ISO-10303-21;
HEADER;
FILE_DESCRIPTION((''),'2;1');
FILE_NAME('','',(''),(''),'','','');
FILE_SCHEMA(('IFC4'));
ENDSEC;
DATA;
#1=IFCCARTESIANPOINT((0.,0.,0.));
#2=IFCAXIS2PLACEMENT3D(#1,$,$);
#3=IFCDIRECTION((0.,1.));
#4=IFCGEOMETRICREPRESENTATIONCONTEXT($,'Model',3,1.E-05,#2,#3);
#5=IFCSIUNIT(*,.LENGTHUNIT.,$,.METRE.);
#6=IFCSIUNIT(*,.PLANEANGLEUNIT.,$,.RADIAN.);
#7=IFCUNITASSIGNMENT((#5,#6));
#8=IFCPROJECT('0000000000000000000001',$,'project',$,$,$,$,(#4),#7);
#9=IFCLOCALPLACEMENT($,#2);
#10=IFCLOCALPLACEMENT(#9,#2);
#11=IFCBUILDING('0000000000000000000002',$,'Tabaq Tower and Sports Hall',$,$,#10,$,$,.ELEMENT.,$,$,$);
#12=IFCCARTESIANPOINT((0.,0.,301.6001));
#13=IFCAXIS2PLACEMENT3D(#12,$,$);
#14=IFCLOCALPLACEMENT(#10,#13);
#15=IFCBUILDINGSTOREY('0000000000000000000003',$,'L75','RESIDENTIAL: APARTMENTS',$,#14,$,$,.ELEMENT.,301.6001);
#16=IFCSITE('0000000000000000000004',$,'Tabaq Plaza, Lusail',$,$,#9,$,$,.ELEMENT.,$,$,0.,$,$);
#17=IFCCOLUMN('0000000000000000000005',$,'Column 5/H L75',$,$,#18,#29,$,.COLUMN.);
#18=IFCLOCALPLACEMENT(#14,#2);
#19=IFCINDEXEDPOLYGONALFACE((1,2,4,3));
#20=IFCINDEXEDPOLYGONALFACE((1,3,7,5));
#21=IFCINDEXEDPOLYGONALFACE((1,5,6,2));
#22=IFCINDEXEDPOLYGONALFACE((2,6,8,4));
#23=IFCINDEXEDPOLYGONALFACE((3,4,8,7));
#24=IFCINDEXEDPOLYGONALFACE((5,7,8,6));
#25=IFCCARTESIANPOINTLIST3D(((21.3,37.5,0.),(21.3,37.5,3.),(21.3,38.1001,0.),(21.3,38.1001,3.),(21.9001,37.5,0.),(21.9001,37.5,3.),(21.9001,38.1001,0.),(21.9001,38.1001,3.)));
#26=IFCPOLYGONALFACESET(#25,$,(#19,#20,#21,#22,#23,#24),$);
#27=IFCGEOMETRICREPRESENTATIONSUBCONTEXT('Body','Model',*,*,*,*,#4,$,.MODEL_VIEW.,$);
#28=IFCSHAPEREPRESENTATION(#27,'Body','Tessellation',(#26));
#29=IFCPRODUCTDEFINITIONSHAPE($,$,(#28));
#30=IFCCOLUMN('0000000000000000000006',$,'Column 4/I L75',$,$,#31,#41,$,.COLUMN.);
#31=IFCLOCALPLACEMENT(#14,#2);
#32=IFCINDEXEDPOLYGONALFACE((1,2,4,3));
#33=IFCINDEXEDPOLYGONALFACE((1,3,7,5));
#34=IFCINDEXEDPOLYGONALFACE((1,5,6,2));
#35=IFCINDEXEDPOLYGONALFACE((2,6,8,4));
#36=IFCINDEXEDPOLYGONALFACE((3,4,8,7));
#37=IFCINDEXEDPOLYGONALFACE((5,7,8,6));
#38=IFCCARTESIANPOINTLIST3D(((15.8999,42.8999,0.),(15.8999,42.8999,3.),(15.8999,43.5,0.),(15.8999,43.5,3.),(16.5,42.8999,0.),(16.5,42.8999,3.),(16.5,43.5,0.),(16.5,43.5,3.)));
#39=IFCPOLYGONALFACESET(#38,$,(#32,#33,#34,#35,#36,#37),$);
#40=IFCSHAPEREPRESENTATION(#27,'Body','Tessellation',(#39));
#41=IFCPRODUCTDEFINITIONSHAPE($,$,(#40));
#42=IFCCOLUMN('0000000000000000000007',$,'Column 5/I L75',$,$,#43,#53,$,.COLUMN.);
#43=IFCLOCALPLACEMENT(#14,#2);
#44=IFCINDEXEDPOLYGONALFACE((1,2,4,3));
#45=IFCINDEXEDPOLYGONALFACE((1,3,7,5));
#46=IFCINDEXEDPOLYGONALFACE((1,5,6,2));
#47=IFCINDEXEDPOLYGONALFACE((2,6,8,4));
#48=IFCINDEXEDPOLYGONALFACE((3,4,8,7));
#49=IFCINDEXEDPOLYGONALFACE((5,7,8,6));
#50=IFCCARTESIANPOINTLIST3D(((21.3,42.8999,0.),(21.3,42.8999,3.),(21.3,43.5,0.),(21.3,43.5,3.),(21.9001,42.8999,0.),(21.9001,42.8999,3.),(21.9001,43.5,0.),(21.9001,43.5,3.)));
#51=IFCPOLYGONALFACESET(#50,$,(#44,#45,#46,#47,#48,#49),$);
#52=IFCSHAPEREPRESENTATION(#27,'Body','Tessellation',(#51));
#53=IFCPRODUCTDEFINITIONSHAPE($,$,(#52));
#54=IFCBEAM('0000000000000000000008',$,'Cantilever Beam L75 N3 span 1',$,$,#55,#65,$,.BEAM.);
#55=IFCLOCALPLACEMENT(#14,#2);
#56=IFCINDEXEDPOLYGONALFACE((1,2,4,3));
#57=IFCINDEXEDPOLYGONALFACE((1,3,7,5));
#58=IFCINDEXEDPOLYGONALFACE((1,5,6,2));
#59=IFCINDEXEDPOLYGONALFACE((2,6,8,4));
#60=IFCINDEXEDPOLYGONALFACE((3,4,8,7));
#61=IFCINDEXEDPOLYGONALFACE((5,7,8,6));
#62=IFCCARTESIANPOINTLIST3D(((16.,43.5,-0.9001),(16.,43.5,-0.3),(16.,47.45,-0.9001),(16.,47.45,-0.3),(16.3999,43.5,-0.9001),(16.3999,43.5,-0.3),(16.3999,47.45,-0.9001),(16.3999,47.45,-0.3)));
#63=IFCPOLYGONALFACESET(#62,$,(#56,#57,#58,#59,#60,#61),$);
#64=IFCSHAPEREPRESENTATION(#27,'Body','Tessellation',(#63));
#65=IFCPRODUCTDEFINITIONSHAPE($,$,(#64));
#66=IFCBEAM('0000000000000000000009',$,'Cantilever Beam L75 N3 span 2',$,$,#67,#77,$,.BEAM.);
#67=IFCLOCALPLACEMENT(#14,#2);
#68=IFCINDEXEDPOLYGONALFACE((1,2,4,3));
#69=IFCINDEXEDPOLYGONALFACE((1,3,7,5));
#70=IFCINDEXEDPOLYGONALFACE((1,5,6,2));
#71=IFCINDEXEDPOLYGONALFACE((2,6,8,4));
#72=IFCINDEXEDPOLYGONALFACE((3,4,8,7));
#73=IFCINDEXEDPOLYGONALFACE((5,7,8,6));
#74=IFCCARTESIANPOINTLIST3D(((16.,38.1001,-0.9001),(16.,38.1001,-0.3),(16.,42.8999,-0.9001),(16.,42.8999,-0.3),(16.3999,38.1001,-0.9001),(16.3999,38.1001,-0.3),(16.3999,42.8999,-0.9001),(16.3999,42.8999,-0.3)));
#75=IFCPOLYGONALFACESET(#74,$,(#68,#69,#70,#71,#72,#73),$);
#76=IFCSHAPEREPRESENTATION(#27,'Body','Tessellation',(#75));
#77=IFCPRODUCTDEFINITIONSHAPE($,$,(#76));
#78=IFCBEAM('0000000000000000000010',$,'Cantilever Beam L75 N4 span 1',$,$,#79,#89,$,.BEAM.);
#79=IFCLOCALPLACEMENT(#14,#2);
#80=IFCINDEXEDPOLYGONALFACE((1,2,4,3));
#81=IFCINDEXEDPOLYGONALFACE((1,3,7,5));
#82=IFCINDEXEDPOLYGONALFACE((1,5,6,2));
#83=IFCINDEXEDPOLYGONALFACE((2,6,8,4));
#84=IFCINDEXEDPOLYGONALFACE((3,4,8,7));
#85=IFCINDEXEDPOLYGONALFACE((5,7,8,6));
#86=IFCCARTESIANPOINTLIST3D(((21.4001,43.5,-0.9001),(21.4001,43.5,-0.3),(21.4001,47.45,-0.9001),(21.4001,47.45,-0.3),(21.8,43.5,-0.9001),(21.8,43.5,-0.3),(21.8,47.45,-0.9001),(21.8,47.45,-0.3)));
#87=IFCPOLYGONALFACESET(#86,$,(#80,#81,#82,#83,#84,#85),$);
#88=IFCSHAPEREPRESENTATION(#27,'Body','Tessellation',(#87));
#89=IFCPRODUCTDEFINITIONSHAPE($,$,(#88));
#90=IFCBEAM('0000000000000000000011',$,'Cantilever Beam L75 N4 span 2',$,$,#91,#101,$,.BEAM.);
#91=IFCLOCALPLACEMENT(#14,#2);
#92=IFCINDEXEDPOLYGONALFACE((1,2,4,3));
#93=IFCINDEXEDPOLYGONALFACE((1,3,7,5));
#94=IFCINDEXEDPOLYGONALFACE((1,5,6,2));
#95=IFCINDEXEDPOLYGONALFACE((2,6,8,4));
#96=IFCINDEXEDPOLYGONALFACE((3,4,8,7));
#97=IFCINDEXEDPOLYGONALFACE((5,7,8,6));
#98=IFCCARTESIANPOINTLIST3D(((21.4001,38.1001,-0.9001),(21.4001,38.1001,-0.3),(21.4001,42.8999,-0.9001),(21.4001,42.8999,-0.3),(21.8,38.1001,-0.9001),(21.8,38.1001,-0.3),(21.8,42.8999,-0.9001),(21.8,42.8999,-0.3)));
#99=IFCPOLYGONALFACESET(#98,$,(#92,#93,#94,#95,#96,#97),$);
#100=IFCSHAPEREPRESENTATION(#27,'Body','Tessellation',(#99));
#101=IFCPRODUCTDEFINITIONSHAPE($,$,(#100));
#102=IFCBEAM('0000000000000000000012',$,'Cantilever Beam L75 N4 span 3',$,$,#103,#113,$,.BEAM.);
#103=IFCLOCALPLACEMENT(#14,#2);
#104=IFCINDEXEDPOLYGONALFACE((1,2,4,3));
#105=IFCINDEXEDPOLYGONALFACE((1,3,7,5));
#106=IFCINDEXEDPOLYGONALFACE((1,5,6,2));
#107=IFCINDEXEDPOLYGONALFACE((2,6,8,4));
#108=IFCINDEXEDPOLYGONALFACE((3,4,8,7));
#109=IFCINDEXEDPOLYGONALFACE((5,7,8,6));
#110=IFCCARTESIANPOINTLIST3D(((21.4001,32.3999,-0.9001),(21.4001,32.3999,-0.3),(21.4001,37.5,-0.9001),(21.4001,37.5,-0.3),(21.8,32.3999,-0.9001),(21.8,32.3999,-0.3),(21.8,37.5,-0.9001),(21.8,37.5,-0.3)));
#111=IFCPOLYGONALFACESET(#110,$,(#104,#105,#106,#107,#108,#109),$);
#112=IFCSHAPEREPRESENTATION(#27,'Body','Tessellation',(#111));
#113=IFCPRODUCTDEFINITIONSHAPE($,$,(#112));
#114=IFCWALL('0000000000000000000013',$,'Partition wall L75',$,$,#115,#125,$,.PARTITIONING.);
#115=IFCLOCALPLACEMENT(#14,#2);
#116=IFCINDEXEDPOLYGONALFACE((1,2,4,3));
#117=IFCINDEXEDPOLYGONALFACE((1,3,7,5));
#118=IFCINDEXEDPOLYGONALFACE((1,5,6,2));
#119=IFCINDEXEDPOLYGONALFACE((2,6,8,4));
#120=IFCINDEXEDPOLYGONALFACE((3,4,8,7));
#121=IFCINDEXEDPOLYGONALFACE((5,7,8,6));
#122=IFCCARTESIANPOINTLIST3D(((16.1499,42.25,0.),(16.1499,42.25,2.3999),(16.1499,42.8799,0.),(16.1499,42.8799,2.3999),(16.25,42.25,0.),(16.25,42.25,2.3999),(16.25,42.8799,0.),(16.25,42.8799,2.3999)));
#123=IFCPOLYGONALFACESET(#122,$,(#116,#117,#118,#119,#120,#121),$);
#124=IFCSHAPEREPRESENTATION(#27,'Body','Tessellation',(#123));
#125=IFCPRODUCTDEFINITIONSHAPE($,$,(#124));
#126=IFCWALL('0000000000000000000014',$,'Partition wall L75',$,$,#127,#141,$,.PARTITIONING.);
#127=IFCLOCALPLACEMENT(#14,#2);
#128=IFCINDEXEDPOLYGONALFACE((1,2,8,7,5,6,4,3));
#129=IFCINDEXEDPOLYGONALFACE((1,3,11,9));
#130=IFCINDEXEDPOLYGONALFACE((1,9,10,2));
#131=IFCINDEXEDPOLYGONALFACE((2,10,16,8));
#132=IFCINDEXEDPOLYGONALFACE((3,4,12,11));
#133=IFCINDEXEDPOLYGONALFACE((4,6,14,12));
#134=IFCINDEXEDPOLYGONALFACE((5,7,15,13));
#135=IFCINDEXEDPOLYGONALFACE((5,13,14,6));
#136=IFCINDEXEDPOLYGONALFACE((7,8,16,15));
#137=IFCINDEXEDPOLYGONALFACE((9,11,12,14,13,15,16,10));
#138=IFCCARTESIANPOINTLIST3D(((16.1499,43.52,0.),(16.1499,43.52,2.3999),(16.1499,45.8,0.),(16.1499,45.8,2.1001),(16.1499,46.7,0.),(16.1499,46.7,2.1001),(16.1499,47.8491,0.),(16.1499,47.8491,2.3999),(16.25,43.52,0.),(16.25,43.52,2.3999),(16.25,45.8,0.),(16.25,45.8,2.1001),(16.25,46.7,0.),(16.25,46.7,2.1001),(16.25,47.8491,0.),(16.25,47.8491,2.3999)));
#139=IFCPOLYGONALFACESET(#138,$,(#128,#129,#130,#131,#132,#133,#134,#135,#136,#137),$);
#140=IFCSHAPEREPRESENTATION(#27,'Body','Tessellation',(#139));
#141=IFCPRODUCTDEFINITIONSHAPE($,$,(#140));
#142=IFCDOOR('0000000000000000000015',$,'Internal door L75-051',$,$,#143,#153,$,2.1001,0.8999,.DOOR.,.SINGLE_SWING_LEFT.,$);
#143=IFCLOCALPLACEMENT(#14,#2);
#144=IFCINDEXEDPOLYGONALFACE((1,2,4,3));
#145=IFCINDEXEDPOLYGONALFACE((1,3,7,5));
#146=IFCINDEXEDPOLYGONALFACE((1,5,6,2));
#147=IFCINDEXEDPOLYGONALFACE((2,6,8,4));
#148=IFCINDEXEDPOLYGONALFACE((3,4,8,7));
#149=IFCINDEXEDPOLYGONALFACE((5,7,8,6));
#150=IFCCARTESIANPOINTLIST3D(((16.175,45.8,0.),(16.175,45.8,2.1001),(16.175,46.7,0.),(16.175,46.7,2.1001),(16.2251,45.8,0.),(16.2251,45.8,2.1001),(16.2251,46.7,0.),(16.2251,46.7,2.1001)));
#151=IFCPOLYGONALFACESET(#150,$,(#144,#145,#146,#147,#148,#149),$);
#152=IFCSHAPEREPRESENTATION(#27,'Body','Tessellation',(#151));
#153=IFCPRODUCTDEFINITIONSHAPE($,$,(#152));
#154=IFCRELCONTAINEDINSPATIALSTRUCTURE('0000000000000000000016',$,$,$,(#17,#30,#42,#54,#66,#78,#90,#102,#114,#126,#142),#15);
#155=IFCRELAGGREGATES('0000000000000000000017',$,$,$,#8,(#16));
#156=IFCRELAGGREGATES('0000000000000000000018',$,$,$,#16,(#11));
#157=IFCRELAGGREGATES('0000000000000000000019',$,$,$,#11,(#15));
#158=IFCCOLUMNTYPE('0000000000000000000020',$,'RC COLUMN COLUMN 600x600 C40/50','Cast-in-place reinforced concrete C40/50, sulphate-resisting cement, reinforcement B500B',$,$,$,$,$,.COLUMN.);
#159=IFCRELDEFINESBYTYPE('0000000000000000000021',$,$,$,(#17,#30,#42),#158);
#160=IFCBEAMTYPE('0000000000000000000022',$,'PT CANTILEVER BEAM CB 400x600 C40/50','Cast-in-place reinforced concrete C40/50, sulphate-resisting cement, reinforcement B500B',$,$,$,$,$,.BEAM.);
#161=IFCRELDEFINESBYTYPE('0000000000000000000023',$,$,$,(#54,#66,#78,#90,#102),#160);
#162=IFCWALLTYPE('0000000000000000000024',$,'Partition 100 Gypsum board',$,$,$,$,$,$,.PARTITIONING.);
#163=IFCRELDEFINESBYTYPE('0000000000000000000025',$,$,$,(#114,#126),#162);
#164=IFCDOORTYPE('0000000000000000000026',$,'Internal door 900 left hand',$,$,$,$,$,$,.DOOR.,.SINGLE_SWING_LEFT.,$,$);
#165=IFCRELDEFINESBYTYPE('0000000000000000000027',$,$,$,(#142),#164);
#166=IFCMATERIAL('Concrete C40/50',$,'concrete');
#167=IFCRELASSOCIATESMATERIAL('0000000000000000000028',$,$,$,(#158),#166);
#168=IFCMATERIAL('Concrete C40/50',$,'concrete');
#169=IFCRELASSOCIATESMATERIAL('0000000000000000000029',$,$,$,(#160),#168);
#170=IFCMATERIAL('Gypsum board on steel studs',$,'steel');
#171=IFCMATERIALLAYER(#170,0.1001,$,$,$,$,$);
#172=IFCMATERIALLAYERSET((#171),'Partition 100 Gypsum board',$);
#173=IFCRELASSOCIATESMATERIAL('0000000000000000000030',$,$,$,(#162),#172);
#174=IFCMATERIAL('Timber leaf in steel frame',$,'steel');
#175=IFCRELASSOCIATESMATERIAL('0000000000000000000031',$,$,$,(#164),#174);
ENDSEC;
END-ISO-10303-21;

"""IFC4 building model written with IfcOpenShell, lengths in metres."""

from ifc_helpers import new_model, si_unit, direction, frame, frame_2d, origin, origin_2d, place, context, subcontext, project, spatial, rectangle, extrude, material, layer, layer_set, material_profile, profile_set, type_object, element, fill, save


model = new_model("IFC4")

# Units and contexts
model_context = context("Model", 3, precision=1e-05, world=origin(), true_north=direction((0.0, 1.0)))
body_context = subcontext(model_context, "Body", "Model", "MODEL_VIEW")
ifc_project = project(units=[si_unit("LENGTHUNIT", "METRE"), si_unit("PLANEANGLEUNIT", "RADIAN")], contexts=[model_context])

# Site, building, storey
site_placement = place(None, origin())
site = spatial("IfcSite", under=ifc_project, at=site_placement, Name="Tabaq Plaza, Lusail", CompositionType="ELEMENT", RefElevation=0.0)
building_placement = place(site_placement, origin())
building = spatial("IfcBuilding", under=site, at=building_placement, Name="Tabaq Tower and Sports Hall", CompositionType="ELEMENT")
storey_placement = place(building_placement, frame((0.0, 0.0, 301.6001)))
storey = spatial("IfcBuildingStorey", under=building, at=storey_placement, Name="L75", Description="RESIDENTIAL: APARTMENTS", CompositionType="ELEMENT", Elevation=301.6001)

# Columns
ifc_material_1 = material(Name="Concrete C40/50", Category="concrete")
ifc_material_profile_1 = material_profile(ifc_material_1, rectangle(XDim=0.6001, YDim=0.6001, at=origin_2d()), Name="COLUMN 600x600")
ifc_profile_set_1 = profile_set([ifc_material_profile_1], Name="Concrete C40/50")
column_type = type_object("IfcColumnType", Name="RC COLUMN COLUMN 600x600 C40/50", Description="Cast-in-place reinforced concrete C40/50, sulphate-resisting cement, reinforcement B500B", PredefinedType="COLUMN", material=ifc_profile_set_1)
for number, where, z_axis, x_axis, name in (
    (1, (21.6001, 37.8, 0.0), (0.0, 0.0, 1.0), (1.0, 0.0, 0.0), "Column 5/H L75"),
    (2, (16.2, 43.2, 0.0), (0.0, 0.0, 1.0), (1.0, 0.0, 0.0), "Column 4/I L75"),
    (3, (21.6001, 43.2, 0.0), (0.0, 0.0, 1.0), (1.0, 0.0, 0.0), "Column 5/I L75"),
):
    element("IfcColumn", number, at=place(storey_placement, frame(where, z_axis=z_axis, x_axis=x_axis)), inside=storey, type_object=column_type, Name=name, PredefinedType="COLUMN", context=body_context, shape_type="SweptSolid", body=[
        extrude(rectangle(XDim=0.6001, YDim=0.6001, at=origin_2d()), origin(), (0.0, 0.0, 1.0), 3.0),
    ])

# Beams
ifc_material_2 = material(Name="Concrete C40/50", Category="concrete")
ifc_material_profile_2 = material_profile(ifc_material_2, rectangle(XDim=0.3999, YDim=0.6001, at=origin_2d()), Name="CB 400x600")
ifc_profile_set_2 = profile_set([ifc_material_profile_2], Name="Concrete C40/50")
beam_type = type_object("IfcBeamType", Name="PT CANTILEVER BEAM CB 400x600 C40/50", Description="Cast-in-place reinforced concrete C40/50, sulphate-resisting cement, reinforcement B500B", PredefinedType="BEAM", material=ifc_profile_set_2)
beam_1_placement = place(storey_placement, frame((16.2, 47.45, -0.6001), z_axis=(0.0, -1.0, 0.0), x_axis=(1.0, 0.0, 0.0)))
element("IfcBeam", 4, at=beam_1_placement, inside=storey, type_object=beam_type, Name="Cantilever Beam L75 N3 span 1", PredefinedType="BEAM", context=body_context, shape_type="SweptSolid", body=[
    extrude(rectangle(XDim=0.3999, YDim=0.6001, at=origin_2d()), origin(), (0.0, 0.0, 1.0), 3.95),
])
beam_2_placement = place(storey_placement, frame((16.2, 42.8999, -0.6001), z_axis=(0.0, -1.0, 0.0), x_axis=(1.0, 0.0, 0.0)))
element("IfcBeam", 5, at=beam_2_placement, inside=storey, type_object=beam_type, Name="Cantilever Beam L75 N3 span 2", PredefinedType="BEAM", context=body_context, shape_type="SweptSolid", body=[
    extrude(rectangle(XDim=0.3999, YDim=0.6001, at=origin_2d()), origin(), (0.0, 0.0, 1.0), 4.7998),
])
beam_3_placement = place(storey_placement, frame((21.6001, 47.45, -0.6001), z_axis=(0.0, -1.0, 0.0), x_axis=(1.0, 0.0, 0.0)))
element("IfcBeam", 6, at=beam_3_placement, inside=storey, type_object=beam_type, Name="Cantilever Beam L75 N4 span 1", PredefinedType="BEAM", context=body_context, shape_type="SweptSolid", body=[
    extrude(rectangle(XDim=0.3999, YDim=0.6001, at=origin_2d()), origin(), (0.0, 0.0, 1.0), 3.95),
])
beam_4_placement = place(storey_placement, frame((21.6001, 42.8999, -0.6001), z_axis=(0.0, -1.0, 0.0), x_axis=(1.0, 0.0, 0.0)))
element("IfcBeam", 7, at=beam_4_placement, inside=storey, type_object=beam_type, Name="Cantilever Beam L75 N4 span 2", PredefinedType="BEAM", context=body_context, shape_type="SweptSolid", body=[
    extrude(rectangle(XDim=0.3999, YDim=0.6001, at=origin_2d()), origin(), (0.0, 0.0, 1.0), 4.7998),
])
beam_5_placement = place(storey_placement, frame((21.6001, 37.5, -0.6001), z_axis=(0.0, -1.0, 0.0), x_axis=(1.0, 0.0, 0.0)))
element("IfcBeam", 8, at=beam_5_placement, inside=storey, type_object=beam_type, Name="Cantilever Beam L75 N4 span 3", PredefinedType="BEAM", context=body_context, shape_type="SweptSolid", body=[
    extrude(rectangle(XDim=0.3999, YDim=0.6001, at=origin_2d()), origin(), (0.0, 0.0, 1.0), 5.1001),
])

# Wall
ifc_material_3 = material(Name="Gypsum board on steel studs", Category="steel")
ifc_layer_1 = layer(ifc_material_3, 0.1001)
ifc_layer_set_1 = layer_set([ifc_layer_1], Name="Partition 100 Gypsum board")
wall_type_1 = type_object("IfcWallType", Name="Partition 100 Gypsum board", PredefinedType="PARTITIONING", material=ifc_layer_set_1)
wall_1_placement = place(storey_placement, frame((16.2, 42.25, 0.0), z_axis=(0.0, 0.0, 1.0), x_axis=(0.0, 1.0, 0.0)))
element("IfcWall", 9, at=wall_1_placement, inside=storey, type_object=wall_type_1, Name="Partition wall L75", PredefinedType="PARTITIONING", context=body_context, shape_type="SweptSolid", body=[
    extrude(rectangle(XDim=0.6299, YDim=0.1001, at=frame_2d((0.3149, 0.0))), origin(), (0.0, 0.0, 1.0), 2.3999),
])

# Wall, opening, door
wall_2_placement = place(storey_placement, frame((16.2, 43.52, 0.0), z_axis=(0.0, 0.0, 1.0), x_axis=(0.0, 1.0, 0.0)))
wall_2 = element("IfcWall", 10, at=wall_2_placement, inside=storey, type_object=wall_type_1, Name="Partition wall L75", PredefinedType="PARTITIONING", context=body_context, shape_type="SweptSolid", body=[
    extrude(rectangle(XDim=4.3291, YDim=0.1001, at=frame_2d((2.1646, 0.0))), origin(), (0.0, 0.0, 1.0), 2.3999),
])
opening_1_placement = place(wall_2_placement, frame((2.28, 0.0, 0.0)))
opening_1 = element("IfcOpeningElement", 11, at=opening_1_placement, cuts=wall_2, PredefinedType="OPENING", context=body_context, shape_type="SweptSolid", body=[
    extrude(rectangle(XDim=0.8999, YDim=2.1001, at=frame_2d((0.45, 1.05))), frame((0.0, 0.05, 0.0), z_axis=(0.0, -1.0, 0.0), x_axis=(1.0, 0.0, 0.0)), (0.0, 0.0, 1.0), 0.1001),
])
ifc_material_4 = material(Name="Timber leaf in steel frame", Category="steel")
door_type_1 = type_object("IfcDoorType", Name="Internal door 900 left hand", OperationType="SINGLE_SWING_LEFT", PredefinedType="DOOR", material=ifc_material_4)
door_1_placement = place(opening_1_placement, origin())
door_1 = element("IfcDoor", 12, at=door_1_placement, inside=storey, type_object=door_type_1, Name="Internal door L75-051", OperationType="SINGLE_SWING_LEFT", OverallHeight=2.1001, OverallWidth=0.8999, PredefinedType="DOOR", context=body_context, shape_type="SweptSolid", body=[
    extrude(rectangle(XDim=0.8999, YDim=2.1001, at=frame_2d((0.45, 1.05))), frame((0.0, 0.0249, 0.0), z_axis=(0.0, -1.0, 0.0), x_axis=(1.0, 0.0, 0.0)), (0.0, 0.0, 1.0), 0.05),
])
fill(opening_1, door_1)

save(model, "model.ifc")
